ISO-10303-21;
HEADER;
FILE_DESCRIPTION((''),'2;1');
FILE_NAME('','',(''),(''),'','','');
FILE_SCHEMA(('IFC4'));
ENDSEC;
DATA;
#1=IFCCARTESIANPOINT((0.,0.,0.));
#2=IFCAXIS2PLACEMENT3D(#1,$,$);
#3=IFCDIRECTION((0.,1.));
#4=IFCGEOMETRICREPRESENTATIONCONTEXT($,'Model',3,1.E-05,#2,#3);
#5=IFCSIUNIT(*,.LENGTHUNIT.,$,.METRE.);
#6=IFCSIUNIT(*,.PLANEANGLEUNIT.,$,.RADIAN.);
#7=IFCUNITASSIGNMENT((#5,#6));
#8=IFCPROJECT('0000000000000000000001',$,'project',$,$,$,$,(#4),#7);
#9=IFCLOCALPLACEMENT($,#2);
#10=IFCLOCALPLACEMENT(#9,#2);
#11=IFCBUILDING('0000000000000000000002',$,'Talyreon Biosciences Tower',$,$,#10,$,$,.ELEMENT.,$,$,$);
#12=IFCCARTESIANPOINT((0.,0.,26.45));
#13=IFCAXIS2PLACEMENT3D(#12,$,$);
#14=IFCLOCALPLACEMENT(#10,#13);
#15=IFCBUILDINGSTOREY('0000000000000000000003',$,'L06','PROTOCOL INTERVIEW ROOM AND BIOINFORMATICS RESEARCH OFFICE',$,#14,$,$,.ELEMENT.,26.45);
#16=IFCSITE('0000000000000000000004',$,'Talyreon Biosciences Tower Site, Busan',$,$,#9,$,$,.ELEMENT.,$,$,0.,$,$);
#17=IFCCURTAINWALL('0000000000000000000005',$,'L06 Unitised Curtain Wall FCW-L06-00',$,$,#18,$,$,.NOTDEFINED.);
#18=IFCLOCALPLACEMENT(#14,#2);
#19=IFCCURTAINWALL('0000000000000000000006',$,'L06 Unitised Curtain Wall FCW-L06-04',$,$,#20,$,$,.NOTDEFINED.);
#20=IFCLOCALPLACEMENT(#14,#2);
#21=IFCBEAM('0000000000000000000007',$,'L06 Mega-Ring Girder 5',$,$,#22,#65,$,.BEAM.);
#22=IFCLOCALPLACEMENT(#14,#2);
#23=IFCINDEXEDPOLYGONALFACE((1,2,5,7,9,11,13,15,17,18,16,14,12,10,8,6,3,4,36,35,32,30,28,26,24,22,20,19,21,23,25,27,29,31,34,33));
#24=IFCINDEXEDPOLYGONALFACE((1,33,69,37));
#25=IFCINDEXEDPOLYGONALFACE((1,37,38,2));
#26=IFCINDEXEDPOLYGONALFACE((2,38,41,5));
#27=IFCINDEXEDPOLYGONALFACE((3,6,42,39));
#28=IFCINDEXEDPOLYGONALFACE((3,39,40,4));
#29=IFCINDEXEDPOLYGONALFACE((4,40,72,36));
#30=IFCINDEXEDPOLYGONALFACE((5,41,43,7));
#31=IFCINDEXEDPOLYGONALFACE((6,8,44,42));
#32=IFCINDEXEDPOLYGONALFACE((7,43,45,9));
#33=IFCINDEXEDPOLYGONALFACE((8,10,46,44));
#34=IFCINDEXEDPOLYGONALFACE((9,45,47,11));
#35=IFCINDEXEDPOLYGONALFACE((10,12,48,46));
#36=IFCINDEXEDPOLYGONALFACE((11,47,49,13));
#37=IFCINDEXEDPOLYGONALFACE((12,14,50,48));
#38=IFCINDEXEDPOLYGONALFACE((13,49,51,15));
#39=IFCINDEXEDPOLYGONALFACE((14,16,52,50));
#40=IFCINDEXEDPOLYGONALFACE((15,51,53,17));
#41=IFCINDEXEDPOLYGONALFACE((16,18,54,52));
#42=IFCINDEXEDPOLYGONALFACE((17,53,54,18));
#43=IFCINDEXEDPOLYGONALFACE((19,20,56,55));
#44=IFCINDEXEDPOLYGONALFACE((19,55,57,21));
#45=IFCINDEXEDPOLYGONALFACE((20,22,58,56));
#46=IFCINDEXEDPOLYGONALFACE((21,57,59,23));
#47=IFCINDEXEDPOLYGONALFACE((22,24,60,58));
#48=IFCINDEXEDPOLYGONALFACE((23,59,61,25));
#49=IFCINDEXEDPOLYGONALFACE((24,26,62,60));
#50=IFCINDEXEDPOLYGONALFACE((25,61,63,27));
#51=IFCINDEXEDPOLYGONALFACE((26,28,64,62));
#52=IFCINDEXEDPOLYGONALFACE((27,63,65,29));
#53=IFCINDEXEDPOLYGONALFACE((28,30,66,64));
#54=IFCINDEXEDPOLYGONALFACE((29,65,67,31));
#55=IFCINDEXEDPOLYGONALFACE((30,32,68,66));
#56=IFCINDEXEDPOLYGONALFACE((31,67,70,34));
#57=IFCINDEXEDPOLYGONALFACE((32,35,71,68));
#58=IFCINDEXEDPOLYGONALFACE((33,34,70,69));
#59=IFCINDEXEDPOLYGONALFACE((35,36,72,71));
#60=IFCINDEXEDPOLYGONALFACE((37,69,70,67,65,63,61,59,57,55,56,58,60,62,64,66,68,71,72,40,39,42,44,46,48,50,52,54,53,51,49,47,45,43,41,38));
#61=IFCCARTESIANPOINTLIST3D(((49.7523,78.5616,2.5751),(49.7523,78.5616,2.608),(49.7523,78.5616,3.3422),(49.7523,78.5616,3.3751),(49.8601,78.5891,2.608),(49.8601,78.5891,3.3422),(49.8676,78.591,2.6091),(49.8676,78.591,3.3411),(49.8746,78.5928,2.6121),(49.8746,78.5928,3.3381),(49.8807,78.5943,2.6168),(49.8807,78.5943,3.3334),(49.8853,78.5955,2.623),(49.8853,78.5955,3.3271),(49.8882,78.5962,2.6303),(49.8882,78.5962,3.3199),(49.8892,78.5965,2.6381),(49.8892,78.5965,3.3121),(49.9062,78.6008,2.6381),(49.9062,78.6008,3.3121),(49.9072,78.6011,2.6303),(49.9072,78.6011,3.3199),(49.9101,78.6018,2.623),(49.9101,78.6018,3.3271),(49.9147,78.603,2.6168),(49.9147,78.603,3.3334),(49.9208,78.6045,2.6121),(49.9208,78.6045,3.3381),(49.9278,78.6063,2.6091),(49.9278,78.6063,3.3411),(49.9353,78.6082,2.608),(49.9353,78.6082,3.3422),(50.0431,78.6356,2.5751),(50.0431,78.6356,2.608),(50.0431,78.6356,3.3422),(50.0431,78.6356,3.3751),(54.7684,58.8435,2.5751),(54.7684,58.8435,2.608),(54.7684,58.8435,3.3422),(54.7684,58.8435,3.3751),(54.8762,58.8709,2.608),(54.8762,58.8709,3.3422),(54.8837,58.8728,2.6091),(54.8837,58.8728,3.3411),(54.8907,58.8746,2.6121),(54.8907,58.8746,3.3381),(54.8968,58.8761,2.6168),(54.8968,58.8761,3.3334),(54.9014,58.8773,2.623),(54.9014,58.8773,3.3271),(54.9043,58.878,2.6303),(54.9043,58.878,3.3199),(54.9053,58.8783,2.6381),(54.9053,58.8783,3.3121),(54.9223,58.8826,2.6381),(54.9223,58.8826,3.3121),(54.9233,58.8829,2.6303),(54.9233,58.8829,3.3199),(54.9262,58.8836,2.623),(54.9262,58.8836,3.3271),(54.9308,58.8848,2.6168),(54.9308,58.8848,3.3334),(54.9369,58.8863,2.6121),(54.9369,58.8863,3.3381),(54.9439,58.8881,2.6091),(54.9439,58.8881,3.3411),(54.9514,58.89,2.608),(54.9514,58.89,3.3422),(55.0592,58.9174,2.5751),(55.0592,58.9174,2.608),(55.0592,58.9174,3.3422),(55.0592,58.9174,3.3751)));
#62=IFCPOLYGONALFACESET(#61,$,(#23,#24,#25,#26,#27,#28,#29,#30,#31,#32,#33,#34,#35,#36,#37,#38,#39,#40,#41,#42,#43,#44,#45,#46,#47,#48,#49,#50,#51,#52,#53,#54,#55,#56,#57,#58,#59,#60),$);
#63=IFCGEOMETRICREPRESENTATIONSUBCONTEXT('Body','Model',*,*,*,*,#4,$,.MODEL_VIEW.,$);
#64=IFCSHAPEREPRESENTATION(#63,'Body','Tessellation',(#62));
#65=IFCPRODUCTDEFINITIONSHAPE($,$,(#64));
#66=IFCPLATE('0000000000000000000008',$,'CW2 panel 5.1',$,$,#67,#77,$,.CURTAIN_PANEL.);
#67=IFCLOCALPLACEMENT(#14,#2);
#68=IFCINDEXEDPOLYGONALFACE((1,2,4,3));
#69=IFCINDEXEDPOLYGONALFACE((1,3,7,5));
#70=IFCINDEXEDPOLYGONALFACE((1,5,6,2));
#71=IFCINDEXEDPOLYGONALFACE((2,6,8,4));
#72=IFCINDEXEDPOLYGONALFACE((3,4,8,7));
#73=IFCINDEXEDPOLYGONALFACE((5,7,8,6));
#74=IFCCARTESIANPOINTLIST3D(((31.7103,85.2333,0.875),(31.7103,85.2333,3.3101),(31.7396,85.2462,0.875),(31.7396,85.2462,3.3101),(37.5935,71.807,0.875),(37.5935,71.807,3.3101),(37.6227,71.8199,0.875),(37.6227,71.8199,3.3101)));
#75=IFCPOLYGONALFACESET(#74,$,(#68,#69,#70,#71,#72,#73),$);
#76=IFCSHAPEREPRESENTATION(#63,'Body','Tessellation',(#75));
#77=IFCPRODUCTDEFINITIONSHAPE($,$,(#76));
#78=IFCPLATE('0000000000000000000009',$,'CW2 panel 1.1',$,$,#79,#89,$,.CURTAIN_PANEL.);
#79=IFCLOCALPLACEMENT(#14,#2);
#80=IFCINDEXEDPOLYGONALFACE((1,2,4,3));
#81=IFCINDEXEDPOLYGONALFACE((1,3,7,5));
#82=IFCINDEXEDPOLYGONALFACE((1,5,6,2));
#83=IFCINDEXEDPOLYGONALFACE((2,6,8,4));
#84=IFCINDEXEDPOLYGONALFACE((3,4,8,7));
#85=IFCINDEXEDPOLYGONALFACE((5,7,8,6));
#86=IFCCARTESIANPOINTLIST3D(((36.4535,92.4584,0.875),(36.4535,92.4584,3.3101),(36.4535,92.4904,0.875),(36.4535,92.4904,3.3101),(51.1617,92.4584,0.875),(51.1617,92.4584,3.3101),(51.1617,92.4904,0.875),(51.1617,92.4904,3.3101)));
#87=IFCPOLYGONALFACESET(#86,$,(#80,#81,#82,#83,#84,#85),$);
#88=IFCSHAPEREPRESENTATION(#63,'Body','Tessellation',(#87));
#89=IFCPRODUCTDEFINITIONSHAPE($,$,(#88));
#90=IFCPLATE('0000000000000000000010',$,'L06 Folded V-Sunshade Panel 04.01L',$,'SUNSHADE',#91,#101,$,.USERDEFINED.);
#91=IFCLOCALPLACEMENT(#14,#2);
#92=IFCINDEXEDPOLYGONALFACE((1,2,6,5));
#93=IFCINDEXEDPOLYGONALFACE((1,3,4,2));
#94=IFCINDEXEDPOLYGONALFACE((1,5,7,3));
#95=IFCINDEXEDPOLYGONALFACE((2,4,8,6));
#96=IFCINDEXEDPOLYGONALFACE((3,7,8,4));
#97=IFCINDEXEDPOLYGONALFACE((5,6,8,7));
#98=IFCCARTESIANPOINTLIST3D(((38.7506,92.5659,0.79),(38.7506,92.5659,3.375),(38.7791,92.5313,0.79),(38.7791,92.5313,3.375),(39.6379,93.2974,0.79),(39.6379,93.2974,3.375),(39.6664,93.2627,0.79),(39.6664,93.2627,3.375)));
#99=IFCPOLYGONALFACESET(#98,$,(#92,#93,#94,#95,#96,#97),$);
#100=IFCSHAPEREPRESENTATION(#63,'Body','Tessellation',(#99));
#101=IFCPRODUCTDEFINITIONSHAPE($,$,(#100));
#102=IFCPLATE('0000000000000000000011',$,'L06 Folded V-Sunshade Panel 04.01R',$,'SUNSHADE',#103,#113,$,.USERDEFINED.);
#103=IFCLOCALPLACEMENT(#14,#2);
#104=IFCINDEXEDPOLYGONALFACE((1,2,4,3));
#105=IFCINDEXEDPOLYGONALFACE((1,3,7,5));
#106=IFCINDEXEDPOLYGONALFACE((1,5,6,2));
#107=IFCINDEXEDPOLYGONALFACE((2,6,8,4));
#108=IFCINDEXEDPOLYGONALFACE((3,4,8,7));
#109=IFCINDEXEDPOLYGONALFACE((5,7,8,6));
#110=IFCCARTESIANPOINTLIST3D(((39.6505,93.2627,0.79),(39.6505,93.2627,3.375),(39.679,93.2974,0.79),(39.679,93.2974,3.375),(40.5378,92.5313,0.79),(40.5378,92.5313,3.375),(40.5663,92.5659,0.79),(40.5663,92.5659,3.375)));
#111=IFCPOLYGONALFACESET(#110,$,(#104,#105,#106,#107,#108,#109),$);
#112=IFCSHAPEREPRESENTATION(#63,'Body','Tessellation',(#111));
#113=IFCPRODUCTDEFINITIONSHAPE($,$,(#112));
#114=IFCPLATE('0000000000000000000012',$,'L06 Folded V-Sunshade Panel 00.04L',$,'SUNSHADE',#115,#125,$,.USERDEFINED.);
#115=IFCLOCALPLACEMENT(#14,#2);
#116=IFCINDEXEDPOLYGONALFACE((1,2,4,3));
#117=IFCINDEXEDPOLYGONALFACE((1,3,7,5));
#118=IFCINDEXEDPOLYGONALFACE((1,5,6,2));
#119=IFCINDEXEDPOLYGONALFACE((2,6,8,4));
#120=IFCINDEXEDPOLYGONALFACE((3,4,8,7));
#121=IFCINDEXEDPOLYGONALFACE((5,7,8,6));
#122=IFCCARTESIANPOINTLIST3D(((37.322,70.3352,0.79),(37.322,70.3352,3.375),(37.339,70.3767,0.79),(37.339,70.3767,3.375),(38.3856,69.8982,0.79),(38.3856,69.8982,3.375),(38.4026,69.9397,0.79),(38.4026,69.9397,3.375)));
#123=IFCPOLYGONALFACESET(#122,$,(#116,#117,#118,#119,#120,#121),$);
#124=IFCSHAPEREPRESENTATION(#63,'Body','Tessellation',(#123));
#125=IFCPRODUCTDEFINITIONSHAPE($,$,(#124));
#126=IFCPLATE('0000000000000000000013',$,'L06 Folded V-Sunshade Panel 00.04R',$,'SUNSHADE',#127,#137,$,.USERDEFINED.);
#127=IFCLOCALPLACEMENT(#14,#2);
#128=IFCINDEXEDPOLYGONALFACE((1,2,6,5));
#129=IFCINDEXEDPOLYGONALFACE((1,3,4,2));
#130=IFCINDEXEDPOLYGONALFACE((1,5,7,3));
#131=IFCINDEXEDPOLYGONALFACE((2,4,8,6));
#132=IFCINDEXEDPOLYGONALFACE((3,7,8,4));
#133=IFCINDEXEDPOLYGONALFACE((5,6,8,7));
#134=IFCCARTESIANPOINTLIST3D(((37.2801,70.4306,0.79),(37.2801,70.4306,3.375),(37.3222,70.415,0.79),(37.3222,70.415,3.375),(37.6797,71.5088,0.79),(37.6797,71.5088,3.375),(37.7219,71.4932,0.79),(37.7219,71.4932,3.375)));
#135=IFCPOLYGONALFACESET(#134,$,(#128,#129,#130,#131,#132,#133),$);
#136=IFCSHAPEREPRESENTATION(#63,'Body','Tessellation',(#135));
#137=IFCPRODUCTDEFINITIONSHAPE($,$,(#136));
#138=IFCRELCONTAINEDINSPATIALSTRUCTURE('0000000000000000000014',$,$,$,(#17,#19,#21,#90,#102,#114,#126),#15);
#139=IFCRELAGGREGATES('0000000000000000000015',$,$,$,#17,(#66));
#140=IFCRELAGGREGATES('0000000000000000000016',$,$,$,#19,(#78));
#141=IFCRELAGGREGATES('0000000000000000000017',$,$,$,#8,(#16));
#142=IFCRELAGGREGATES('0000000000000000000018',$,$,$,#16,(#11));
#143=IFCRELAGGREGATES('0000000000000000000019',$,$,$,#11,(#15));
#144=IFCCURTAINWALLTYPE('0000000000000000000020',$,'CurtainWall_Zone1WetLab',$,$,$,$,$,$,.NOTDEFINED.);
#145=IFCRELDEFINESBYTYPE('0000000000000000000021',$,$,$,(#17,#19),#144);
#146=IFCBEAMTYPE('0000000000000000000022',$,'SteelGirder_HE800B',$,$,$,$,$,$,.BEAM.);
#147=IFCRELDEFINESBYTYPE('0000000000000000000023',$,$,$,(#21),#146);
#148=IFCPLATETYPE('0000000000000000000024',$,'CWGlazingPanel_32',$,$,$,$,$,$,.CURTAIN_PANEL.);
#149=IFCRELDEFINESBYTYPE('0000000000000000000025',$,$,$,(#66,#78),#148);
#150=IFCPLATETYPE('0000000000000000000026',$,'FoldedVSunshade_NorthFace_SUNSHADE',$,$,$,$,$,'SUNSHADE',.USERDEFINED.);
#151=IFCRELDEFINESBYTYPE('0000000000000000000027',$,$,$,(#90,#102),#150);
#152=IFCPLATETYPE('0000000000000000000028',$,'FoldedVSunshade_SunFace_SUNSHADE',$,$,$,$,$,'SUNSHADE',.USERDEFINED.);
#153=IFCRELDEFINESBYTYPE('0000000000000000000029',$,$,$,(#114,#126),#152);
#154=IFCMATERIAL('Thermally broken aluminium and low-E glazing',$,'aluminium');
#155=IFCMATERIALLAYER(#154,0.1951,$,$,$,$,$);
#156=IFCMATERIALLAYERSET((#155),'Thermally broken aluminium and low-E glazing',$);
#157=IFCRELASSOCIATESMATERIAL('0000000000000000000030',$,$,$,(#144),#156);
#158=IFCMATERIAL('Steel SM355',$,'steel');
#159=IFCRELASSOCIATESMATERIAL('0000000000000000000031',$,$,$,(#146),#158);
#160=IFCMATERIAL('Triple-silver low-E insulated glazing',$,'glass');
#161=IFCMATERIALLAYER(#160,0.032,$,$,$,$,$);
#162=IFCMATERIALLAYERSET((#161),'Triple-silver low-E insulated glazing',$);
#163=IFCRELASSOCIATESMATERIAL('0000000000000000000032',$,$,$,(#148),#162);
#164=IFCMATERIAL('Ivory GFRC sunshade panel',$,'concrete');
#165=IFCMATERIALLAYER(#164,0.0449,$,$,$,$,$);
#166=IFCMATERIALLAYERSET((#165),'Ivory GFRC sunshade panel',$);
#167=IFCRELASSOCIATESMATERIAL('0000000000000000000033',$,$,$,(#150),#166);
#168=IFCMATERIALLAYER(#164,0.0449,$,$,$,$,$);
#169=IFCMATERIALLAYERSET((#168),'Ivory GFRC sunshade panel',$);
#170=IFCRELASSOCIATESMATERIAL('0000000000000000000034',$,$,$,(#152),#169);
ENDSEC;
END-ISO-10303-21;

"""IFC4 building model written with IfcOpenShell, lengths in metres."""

from ifc_helpers import new_model, si_unit, direction, frame, origin, origin_2d, place, context, subcontext, project, spatial, rectangle, i_section, extrude, material, layer, layer_set, material_profile, profile_set, type_object, element, aggregate, save


model = new_model("IFC4")

# Units and contexts
model_context = context("Model", 3, precision=1e-05, world=origin(), true_north=direction((0.0, 1.0)))
body_context = subcontext(model_context, "Body", "Model", "MODEL_VIEW")
ifc_project = project(units=[si_unit("LENGTHUNIT", "METRE"), si_unit("PLANEANGLEUNIT", "RADIAN")], contexts=[model_context])

# Site, building, storey
site_placement = place(None, origin())
site = spatial("IfcSite", under=ifc_project, at=site_placement, Name="Talyreon Biosciences Tower Site, Busan", CompositionType="ELEMENT", RefElevation=0.0)
building_placement = place(site_placement, origin())
building = spatial("IfcBuilding", under=site, at=building_placement, Name="Talyreon Biosciences Tower", CompositionType="ELEMENT")
storey_placement = place(building_placement, frame((0.0, 0.0, 26.45)))
storey = spatial("IfcBuildingStorey", under=building, at=storey_placement, Name="L06", Description="PROTOCOL INTERVIEW ROOM AND BIOINFORMATICS RESEARCH OFFICE", CompositionType="ELEMENT", Elevation=26.45)

# Curtain wall
ifc_material_1 = material(Name="Thermally broken aluminium and low-E glazing", Category="aluminium")
ifc_layer_1 = layer(ifc_material_1, 0.1951)
ifc_layer_set_1 = layer_set([ifc_layer_1], Name="Thermally broken aluminium and low-E glazing")
curtain_wall_type = type_object("IfcCurtainWallType", Name="CurtainWall_Zone1WetLab", PredefinedType="NOTDEFINED", material=ifc_layer_set_1)
curtain_wall_1_placement = place(storey_placement, origin())
curtain_wall_1 = element("IfcCurtainWall", 1, at=curtain_wall_1_placement, inside=storey, type_object=curtain_wall_type, Name="L06 Unitised Curtain Wall FCW-L06-00", PredefinedType="NOTDEFINED")

# Curtain wall
curtain_wall_2_placement = place(storey_placement, origin())
curtain_wall_2 = element("IfcCurtainWall", 2, at=curtain_wall_2_placement, inside=storey, type_object=curtain_wall_type, Name="L06 Unitised Curtain Wall FCW-L06-04", PredefinedType="NOTDEFINED")

# Beam
ifc_material_2 = material(Name="Steel SM355", Category="steel")
ifc_material_profile_1 = material_profile(ifc_material_2, i_section(OverallWidth=0.3, OverallDepth=0.8, WebThickness=0.0176, FlangeThickness=0.033, FilletRadius=0.03, at=origin_2d()), Name="HE800B")
ifc_profile_set_1 = profile_set([ifc_material_profile_1], Name="Steel SM355")
beam_type_1 = type_object("IfcBeamType", Name="SteelGirder_HE800B", PredefinedType="BEAM", material=ifc_profile_set_1)
beam_1_placement = place(storey_placement, frame((49.8977, 78.5986, 2.9751), z_axis=(0.246537, -0.969133, 0.0), x_axis=(0.969133, 0.246537, 0.0)))
element("IfcBeam", 3, at=beam_1_placement, inside=storey, type_object=beam_type_1, Name="L06 Mega-Ring Girder 5", PredefinedType="BEAM", context=body_context, shape_type="SweptSolid", body=[
    extrude(i_section(OverallWidth=0.3, OverallDepth=0.8, WebThickness=0.0176, FlangeThickness=0.033, FilletRadius=0.03, at=origin_2d()), origin(), (0.0, 0.0, 1.0), 20.3462),
])

# Plates
ifc_material_3 = material(Name="Triple-silver low-E insulated glazing", Category="glass")
ifc_layer_2 = layer(ifc_material_3, 0.032)
ifc_layer_set_2 = layer_set([ifc_layer_2], Name="Triple-silver low-E insulated glazing")
plate_type_1 = type_object("IfcPlateType", Name="CWGlazingPanel_32", PredefinedType="CURTAIN_PANEL", material=ifc_layer_set_2)
plate_1_placement = place(storey_placement, frame((34.6665, 78.5266, 0.875), z_axis=(0.0, 0.0, 1.0), x_axis=(-0.401345, 0.915927, 0.0)))
plate_1 = element("IfcPlate", 4, at=plate_1_placement, type_object=plate_type_1, Name="CW2 panel 5.1", PredefinedType="CURTAIN_PANEL", context=body_context, shape_type="SweptSolid", body=[
    extrude(rectangle(XDim=14.6587, YDim=0.032, at=origin_2d()), origin(), (0.0, 0.0, 1.0), 2.4351),
])
aggregate(curtain_wall_1, [plate_1])
plate_2_placement = place(storey_placement, frame((43.8076, 92.4744, 0.875), z_axis=(0.0, 0.0, 1.0), x_axis=(1.0, 0.0, 0.0)))
plate_2 = element("IfcPlate", 5, at=plate_2_placement, type_object=plate_type_1, Name="CW2 panel 1.1", PredefinedType="CURTAIN_PANEL", context=body_context, shape_type="SweptSolid", body=[
    extrude(rectangle(XDim=14.7083, YDim=0.032, at=origin_2d()), origin(), (0.0, 0.0, 1.0), 2.4351),
])
aggregate(curtain_wall_2, [plate_2])

# Plates
ifc_material_4 = material(Name="Ivory GFRC sunshade panel", Category="concrete")
ifc_layer_3 = layer(ifc_material_4, 0.0449)
ifc_layer_set_3 = layer_set([ifc_layer_3], Name="Ivory GFRC sunshade panel")
plate_type_2 = type_object("IfcPlateType", Name="FoldedVSunshade_NorthFace_SUNSHADE", ElementType="SUNSHADE", PredefinedType="USERDEFINED", material=ifc_layer_set_3)
for number, where, z_axis, x_axis, name in (
    (6, (39.2085, 92.9143, 0.79), (0.0, 0.0, 1.0), (0.771625, 0.636078, 0.0), "L06 Folded V-Sunshade Panel 04.01L"),
    (7, (40.1084, 92.9143, 0.79), (0.0, 0.0, 1.0), (0.771625, -0.636078, 0.0), "L06 Folded V-Sunshade Panel 04.01R"),
):
    element("IfcPlate", number, at=place(storey_placement, frame(where, z_axis=z_axis, x_axis=x_axis)), inside=storey, type_object=plate_type_2, Name=name, ObjectType="SUNSHADE", PredefinedType="USERDEFINED", context=body_context, shape_type="SweptSolid", body=[
        extrude(rectangle(XDim=1.1499, YDim=0.0449, at=origin_2d()), origin(), (0.0, 0.0, 1.0), 2.585),
    ])
ifc_layer_4 = layer(ifc_material_4, 0.0449)
ifc_layer_set_4 = layer_set([ifc_layer_4], Name="Ivory GFRC sunshade panel")
plate_type_3 = type_object("IfcPlateType", Name="FoldedVSunshade_SunFace_SUNSHADE", ElementType="SUNSHADE", PredefinedType="USERDEFINED", material=ifc_layer_set_4)
for number, where, z_axis, x_axis, name in (
    (8, (37.8623, 70.1375, 0.79), (0.0, 0.0, 1.0), (-0.924958, 0.38007, 0.0), "L06 Folded V-Sunshade Panel 00.04L"),
    (9, (37.501, 70.9619, 0.79), (0.0, 0.0, 1.0), (0.347558, 0.937659, 0.0), "L06 Folded V-Sunshade Panel 00.04R"),
):
    element("IfcPlate", number, at=place(storey_placement, frame(where, z_axis=z_axis, x_axis=x_axis)), inside=storey, type_object=plate_type_3, Name=name, ObjectType="SUNSHADE", PredefinedType="USERDEFINED", context=body_context, shape_type="SweptSolid", body=[
        extrude(rectangle(XDim=1.1499, YDim=0.0449, at=origin_2d()), origin(), (0.0, 0.0, 1.0), 2.585),
    ])

save(model, "model.ifc")
